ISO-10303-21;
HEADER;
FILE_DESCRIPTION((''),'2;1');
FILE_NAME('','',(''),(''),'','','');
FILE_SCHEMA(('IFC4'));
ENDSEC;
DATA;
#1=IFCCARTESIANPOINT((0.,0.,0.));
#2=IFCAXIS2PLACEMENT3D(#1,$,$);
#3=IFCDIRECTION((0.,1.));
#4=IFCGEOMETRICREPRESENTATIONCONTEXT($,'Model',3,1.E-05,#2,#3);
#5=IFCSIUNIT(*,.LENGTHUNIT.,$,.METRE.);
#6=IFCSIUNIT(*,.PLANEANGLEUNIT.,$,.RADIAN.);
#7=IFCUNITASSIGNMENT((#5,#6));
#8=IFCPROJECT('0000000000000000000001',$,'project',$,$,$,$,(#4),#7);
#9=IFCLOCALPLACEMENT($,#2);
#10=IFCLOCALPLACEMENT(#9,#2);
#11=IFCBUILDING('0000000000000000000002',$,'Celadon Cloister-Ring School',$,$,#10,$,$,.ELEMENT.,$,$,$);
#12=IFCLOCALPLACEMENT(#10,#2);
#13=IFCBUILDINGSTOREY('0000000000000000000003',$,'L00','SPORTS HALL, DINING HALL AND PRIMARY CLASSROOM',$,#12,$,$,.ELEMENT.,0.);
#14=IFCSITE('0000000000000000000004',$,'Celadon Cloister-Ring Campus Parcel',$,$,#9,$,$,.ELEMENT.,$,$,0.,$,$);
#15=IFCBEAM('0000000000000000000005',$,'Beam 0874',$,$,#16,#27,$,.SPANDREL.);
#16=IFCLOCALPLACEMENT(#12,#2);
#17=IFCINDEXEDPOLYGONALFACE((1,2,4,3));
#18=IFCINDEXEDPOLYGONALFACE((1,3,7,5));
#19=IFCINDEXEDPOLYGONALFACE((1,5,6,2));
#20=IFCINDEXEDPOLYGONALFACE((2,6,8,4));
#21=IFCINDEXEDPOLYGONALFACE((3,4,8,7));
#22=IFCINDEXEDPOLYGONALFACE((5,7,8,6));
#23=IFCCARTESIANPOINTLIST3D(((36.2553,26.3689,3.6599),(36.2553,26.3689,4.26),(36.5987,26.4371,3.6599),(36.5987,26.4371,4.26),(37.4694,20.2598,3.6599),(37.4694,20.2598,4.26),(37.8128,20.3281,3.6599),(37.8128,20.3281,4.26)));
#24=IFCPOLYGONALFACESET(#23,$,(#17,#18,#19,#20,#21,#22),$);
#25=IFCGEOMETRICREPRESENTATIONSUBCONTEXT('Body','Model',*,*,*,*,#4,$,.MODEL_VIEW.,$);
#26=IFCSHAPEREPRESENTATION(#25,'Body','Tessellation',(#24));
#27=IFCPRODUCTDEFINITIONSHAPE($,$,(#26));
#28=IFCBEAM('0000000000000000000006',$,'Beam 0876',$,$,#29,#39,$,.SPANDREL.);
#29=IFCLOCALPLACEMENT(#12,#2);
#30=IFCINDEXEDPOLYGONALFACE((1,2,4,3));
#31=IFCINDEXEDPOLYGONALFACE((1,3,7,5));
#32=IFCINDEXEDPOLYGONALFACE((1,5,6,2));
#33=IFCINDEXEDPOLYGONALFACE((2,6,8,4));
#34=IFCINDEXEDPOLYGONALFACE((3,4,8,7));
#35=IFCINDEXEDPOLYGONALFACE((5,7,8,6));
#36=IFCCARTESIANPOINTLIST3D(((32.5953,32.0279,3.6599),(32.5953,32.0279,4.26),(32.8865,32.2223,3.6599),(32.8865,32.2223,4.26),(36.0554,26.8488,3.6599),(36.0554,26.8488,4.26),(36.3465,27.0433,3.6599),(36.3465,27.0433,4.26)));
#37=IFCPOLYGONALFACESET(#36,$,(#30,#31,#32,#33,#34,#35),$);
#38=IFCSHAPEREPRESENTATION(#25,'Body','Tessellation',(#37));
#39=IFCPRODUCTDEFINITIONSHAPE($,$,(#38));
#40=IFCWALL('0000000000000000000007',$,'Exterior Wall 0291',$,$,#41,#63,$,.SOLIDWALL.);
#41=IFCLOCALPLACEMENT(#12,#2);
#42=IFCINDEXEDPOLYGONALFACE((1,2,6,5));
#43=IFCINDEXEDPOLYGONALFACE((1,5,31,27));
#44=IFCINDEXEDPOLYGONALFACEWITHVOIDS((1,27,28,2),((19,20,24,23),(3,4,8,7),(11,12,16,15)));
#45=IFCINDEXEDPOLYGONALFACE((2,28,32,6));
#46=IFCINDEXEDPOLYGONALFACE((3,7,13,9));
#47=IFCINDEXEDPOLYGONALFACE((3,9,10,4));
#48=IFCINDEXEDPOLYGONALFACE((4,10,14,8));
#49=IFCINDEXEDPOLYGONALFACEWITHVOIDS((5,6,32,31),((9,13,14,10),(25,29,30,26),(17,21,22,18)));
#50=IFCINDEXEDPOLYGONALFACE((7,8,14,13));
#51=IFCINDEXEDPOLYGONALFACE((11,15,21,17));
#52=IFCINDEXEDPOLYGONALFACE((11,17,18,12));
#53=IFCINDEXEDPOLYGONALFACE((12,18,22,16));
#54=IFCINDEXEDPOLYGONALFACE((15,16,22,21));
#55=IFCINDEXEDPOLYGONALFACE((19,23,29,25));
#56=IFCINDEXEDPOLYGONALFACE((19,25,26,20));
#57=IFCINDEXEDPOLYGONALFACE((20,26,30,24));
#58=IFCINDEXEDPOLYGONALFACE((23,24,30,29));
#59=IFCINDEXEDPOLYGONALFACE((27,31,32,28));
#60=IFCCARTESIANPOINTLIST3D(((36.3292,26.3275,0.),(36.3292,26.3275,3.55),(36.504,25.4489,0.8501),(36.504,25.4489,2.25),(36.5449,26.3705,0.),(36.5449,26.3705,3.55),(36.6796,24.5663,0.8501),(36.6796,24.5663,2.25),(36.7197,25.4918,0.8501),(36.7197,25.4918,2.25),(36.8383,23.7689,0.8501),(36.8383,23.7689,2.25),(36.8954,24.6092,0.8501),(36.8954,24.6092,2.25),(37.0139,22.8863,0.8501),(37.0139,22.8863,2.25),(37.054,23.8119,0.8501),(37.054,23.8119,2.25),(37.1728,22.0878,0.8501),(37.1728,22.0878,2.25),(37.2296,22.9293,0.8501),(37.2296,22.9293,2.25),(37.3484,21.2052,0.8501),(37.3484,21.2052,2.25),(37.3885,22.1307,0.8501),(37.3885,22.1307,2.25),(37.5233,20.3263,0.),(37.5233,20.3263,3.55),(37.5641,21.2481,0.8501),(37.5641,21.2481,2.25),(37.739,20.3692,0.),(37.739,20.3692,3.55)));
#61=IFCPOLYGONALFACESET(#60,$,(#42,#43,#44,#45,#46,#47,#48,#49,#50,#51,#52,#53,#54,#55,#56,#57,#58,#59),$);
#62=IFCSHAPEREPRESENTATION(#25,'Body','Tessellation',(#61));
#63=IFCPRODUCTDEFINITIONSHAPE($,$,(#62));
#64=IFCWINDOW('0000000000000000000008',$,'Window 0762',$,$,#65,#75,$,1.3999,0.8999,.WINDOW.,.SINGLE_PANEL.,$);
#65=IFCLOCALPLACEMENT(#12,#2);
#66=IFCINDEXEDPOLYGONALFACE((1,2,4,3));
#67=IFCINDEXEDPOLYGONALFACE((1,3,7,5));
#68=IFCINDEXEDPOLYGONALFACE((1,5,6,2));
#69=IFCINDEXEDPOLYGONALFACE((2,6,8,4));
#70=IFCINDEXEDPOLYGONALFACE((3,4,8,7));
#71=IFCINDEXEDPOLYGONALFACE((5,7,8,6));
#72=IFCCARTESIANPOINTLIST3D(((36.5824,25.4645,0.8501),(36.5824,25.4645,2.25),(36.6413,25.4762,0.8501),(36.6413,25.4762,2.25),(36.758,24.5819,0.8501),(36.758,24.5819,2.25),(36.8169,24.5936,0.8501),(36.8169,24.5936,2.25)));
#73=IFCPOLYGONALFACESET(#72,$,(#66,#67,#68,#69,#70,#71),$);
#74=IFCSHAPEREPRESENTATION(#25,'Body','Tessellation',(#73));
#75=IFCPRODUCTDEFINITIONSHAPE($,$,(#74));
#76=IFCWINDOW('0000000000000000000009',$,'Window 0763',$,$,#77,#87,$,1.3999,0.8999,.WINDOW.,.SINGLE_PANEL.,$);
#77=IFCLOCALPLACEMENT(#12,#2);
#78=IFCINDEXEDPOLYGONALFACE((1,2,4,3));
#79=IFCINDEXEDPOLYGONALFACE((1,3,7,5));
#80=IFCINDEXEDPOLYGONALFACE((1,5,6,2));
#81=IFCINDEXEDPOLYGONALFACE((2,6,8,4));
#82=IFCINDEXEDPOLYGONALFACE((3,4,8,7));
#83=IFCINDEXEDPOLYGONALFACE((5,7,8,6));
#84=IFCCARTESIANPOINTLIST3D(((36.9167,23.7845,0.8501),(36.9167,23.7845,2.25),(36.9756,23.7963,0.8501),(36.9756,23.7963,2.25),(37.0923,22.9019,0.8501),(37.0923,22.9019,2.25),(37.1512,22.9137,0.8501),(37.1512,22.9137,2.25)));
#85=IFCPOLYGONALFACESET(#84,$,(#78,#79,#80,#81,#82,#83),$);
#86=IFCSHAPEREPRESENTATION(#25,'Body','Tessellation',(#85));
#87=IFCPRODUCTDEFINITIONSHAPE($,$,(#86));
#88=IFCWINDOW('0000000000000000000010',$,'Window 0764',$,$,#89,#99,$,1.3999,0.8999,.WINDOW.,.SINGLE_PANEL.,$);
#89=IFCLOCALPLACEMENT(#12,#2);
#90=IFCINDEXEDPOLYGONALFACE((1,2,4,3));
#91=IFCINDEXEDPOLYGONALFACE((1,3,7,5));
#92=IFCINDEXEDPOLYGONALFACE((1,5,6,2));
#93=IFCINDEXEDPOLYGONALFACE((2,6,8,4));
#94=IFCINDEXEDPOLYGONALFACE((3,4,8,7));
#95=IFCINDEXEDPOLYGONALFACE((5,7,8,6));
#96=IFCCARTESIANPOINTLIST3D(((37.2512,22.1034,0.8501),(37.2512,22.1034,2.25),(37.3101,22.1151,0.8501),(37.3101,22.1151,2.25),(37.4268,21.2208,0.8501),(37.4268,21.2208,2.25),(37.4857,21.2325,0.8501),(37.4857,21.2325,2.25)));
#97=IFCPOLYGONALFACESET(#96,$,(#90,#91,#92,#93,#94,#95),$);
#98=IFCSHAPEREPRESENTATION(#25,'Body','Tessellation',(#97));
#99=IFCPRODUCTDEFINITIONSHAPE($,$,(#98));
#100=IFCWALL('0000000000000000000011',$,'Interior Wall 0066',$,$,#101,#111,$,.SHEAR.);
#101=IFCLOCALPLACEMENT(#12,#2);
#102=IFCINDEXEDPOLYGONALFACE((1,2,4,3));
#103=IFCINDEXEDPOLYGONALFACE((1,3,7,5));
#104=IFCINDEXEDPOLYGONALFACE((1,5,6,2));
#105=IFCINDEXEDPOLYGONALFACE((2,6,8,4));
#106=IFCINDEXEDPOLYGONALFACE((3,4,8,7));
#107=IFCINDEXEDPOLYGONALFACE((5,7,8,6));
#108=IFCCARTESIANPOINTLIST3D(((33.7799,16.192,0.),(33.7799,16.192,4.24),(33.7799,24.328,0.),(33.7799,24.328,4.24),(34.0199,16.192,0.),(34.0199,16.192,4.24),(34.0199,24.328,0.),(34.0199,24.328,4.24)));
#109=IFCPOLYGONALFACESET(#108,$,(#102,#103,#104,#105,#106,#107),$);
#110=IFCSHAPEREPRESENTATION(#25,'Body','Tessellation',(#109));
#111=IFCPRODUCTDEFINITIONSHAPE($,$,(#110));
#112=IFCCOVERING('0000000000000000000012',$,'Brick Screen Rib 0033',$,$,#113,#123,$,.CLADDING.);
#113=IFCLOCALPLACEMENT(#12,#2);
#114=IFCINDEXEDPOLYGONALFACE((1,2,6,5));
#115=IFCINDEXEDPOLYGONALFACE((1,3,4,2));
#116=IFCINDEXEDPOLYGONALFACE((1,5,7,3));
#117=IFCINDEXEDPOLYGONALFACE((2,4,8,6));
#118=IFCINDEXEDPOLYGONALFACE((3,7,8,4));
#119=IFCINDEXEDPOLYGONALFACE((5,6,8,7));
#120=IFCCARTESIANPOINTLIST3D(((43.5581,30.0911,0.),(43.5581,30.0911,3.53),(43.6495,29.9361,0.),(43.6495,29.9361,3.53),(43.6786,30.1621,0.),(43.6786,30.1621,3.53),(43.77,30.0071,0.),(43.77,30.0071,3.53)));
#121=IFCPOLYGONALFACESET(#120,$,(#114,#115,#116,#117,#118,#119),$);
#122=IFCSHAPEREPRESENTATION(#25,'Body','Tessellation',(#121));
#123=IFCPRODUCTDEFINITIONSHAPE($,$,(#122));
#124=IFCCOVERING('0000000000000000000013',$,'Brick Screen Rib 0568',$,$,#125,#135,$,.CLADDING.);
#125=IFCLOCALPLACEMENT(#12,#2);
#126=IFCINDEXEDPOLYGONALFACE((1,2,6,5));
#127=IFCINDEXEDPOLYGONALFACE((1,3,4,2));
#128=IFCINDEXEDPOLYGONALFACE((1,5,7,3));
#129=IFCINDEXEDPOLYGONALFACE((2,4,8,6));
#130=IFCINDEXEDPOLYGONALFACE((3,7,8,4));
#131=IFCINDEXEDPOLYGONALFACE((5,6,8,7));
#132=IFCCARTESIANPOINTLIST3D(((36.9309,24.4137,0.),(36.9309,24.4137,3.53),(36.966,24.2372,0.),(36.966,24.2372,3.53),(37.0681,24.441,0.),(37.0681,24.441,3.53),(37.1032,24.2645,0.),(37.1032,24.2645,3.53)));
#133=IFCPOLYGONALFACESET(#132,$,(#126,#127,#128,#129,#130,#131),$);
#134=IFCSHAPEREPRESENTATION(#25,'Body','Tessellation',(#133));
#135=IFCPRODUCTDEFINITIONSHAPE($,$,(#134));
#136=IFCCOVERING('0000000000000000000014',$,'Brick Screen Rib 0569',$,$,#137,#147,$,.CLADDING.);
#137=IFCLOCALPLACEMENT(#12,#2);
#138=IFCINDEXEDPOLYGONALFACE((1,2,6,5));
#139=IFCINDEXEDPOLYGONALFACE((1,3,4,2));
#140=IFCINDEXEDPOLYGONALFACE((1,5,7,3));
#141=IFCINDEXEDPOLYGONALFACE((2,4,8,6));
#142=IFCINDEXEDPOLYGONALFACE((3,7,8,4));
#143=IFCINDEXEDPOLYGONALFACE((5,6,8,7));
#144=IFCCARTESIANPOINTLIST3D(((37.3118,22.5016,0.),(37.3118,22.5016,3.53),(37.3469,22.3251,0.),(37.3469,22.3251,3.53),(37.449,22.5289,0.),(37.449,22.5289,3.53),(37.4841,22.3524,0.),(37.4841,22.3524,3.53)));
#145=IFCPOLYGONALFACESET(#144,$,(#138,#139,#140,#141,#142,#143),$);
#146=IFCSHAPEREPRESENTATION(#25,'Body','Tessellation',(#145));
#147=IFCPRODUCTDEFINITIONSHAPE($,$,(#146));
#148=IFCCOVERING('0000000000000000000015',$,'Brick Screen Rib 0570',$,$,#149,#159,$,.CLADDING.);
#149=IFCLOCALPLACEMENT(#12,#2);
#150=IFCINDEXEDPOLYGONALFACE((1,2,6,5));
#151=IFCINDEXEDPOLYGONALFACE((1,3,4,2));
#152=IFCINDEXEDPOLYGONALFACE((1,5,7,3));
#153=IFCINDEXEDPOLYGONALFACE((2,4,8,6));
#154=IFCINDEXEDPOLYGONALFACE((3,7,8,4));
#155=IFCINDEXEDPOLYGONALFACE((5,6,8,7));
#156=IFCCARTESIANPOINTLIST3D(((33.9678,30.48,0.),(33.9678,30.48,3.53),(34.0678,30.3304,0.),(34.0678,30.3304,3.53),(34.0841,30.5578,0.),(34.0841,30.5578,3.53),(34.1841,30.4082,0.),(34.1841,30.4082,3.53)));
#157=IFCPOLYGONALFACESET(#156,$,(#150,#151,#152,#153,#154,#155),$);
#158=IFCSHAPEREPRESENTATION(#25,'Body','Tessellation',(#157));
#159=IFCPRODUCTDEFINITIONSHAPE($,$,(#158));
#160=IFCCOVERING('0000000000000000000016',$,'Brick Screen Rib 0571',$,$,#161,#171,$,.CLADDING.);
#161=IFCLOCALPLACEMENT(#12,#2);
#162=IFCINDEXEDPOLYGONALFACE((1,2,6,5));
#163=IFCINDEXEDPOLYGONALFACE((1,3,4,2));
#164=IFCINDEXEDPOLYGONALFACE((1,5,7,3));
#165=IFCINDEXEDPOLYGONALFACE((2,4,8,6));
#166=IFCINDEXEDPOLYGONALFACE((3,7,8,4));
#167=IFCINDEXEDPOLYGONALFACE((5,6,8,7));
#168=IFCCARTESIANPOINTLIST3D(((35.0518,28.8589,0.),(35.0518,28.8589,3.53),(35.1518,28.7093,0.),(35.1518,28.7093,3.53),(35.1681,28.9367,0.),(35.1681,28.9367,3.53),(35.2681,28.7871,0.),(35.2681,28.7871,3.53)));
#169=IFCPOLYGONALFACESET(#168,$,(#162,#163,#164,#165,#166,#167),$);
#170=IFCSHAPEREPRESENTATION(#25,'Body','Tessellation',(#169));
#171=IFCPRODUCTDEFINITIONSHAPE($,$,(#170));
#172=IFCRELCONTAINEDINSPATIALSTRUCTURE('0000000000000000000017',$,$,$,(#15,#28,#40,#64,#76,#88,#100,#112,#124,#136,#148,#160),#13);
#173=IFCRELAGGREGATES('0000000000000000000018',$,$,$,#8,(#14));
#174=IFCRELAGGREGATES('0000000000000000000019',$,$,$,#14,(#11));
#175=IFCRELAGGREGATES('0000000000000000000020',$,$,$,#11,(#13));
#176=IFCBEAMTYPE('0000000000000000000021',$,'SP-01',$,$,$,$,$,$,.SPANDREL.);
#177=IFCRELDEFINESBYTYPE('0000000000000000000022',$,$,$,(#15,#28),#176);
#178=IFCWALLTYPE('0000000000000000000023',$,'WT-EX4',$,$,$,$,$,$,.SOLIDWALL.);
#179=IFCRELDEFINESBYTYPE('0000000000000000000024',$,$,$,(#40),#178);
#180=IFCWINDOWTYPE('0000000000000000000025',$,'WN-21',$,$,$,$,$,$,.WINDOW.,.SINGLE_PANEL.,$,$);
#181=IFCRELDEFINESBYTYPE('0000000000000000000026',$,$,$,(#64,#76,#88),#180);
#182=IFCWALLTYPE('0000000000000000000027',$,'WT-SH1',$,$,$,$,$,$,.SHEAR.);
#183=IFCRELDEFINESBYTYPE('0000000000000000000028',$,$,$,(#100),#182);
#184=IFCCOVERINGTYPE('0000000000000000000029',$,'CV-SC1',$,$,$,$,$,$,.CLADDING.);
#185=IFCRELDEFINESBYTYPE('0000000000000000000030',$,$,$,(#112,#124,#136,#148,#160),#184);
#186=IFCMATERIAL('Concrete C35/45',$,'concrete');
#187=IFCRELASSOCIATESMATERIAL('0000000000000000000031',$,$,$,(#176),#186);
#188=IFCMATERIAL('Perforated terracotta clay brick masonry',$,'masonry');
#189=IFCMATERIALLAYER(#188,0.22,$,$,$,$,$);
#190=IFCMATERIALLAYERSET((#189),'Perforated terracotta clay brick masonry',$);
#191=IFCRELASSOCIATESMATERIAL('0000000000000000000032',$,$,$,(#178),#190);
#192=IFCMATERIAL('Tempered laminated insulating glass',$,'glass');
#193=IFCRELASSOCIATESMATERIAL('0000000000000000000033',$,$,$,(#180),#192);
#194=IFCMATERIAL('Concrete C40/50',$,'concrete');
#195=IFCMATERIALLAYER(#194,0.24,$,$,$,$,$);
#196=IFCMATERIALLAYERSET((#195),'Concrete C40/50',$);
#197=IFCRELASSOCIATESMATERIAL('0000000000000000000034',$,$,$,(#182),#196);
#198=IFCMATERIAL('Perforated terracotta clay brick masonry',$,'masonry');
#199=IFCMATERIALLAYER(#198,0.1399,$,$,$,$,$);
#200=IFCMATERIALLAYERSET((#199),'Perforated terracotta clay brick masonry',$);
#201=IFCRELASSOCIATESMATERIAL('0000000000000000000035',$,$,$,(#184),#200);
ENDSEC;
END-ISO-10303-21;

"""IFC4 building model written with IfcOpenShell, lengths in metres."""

from ifc_helpers import new_model, si_unit, direction, frame, frame_2d, origin, origin_2d, place, context, subcontext, project, spatial, rectangle, extrude, material, layer, layer_set, material_profile, profile_set, type_object, element, fill, save


model = new_model("IFC4")

# Units and contexts
model_context = context("Model", 3, precision=1e-05, world=origin(), true_north=direction((0.0, 1.0)))
body_context = subcontext(model_context, "Body", "Model", "MODEL_VIEW")
ifc_project = project(units=[si_unit("LENGTHUNIT", "METRE"), si_unit("PLANEANGLEUNIT", "RADIAN")], contexts=[model_context])

# Site, building, storey
site_placement = place(None, origin())
site = spatial("IfcSite", under=ifc_project, at=site_placement, Name="Celadon Cloister-Ring Campus Parcel", CompositionType="ELEMENT", RefElevation=0.0)
building_placement = place(site_placement, origin())
building = spatial("IfcBuilding", under=site, at=building_placement, Name="Celadon Cloister-Ring School", CompositionType="ELEMENT")
storey_placement = place(building_placement, origin())
storey = spatial("IfcBuildingStorey", under=building, at=storey_placement, Name="L00", Description="SPORTS HALL, DINING HALL AND PRIMARY CLASSROOM", CompositionType="ELEMENT", Elevation=0.0)

# Beams
ifc_material_1 = material(Name="Concrete C35/45", Category="concrete")
ifc_material_profile_1 = material_profile(ifc_material_1, rectangle(XDim=0.3501, YDim=0.6001, at=origin_2d()), Name="RC350X600")
ifc_profile_set_1 = profile_set([ifc_material_profile_1], Name="Concrete C35/45")
beam_type = type_object("IfcBeamType", Name="SP-01", PredefinedType="SPANDREL", material=ifc_profile_set_1)
for number, where, z_axis, x_axis, name in (
    (1, (37.6411, 20.2939, 3.96), (-0.194925, 0.980818, 0.0), (-0.980818, -0.194925, 0.0), "Beam 0874"),
    (2, (36.2009, 26.946, 3.96), (-0.555514, 0.831507, 0.0), (-0.831507, -0.555514, 0.0), "Beam 0876"),
):
    element("IfcBeam", number, at=place(storey_placement, frame(where, z_axis=z_axis, x_axis=x_axis)), inside=storey, type_object=beam_type, Name=name, PredefinedType="SPANDREL", context=body_context, shape_type="SweptSolid", body=[
        extrude(rectangle(XDim=0.3501, YDim=0.6001, at=origin_2d()), origin(), (0.0, 0.0, 1.0), 6.2285),
    ])

# Wall, openings, windows
ifc_material_2 = material(Name="Perforated terracotta clay brick masonry", Category="masonry")
ifc_layer_1 = layer(ifc_material_2, 0.22)
ifc_layer_set_1 = layer_set([ifc_layer_1], Name="Perforated terracotta clay brick masonry")
wall_type_1 = type_object("IfcWallType", Name="WT-EX4", PredefinedType="SOLIDWALL", material=ifc_layer_set_1)
wall_1_placement = place(storey_placement, frame((36.437, 26.3491, 0.0), z_axis=(0.0, 0.0, 1.0), x_axis=(0.195149, -0.980774, 0.0)))
wall_1 = element("IfcWall", 3, at=wall_1_placement, inside=storey, type_object=wall_type_1, Name="Exterior Wall 0291", PredefinedType="SOLIDWALL", context=body_context, shape_type="SweptSolid", body=[
    extrude(rectangle(XDim=6.1189, YDim=0.22, at=frame_2d((3.0596, 0.0))), origin(), (0.0, 0.0, 1.0), 3.55),
])
opening_1_placement = place(wall_1_placement, frame((0.896, 0.0, 0.8501)))
opening_1 = element("IfcOpeningElement", 4, at=opening_1_placement, cuts=wall_1, PredefinedType="OPENING", context=body_context, shape_type="SweptSolid", body=[
    extrude(rectangle(XDim=0.8999, YDim=1.3999, at=frame_2d((0.45, 0.7))), frame((0.0, 0.1201, 0.0), z_axis=(0.0, -1.0, 0.0), x_axis=(1.0, 0.0, 0.0)), (0.0, 0.0, 1.0), 0.24),
])
opening_2_placement = place(wall_1_placement, frame((2.6089, 0.0, 0.8501)))
opening_2 = element("IfcOpeningElement", 5, at=opening_2_placement, cuts=wall_1, PredefinedType="OPENING", context=body_context, shape_type="SweptSolid", body=[
    extrude(rectangle(XDim=0.8999, YDim=1.3999, at=frame_2d((0.45, 0.7))), frame((0.0, 0.1201, 0.0), z_axis=(0.0, -1.0, 0.0), x_axis=(1.0, 0.0, 0.0)), (0.0, 0.0, 1.0), 0.24),
])
opening_3_placement = place(wall_1_placement, frame((4.323, 0.0, 0.8501)))
opening_3 = element("IfcOpeningElement", 6, at=opening_3_placement, cuts=wall_1, PredefinedType="OPENING", context=body_context, shape_type="SweptSolid", body=[
    extrude(rectangle(XDim=0.8999, YDim=1.3999, at=frame_2d((0.45, 0.7))), frame((0.0, 0.1201, 0.0), z_axis=(0.0, -1.0, 0.0), x_axis=(1.0, 0.0, 0.0)), (0.0, 0.0, 1.0), 0.24),
])
ifc_material_3 = material(Name="Tempered laminated insulating glass", Category="glass")
window_type = type_object("IfcWindowType", Name="WN-21", PartitioningType="SINGLE_PANEL", PredefinedType="WINDOW", material=ifc_material_3)
window_1_placement = place(opening_1_placement, origin())
window_1 = element("IfcWindow", 7, at=window_1_placement, inside=storey, type_object=window_type, Name="Window 0762", OverallHeight=1.3999, OverallWidth=0.8999, PartitioningType="SINGLE_PANEL", PredefinedType="WINDOW", context=body_context, shape_type="SweptSolid", body=[
    extrude(rectangle(XDim=0.8999, YDim=1.3999, at=frame_2d((0.45, 0.7))), frame((0.0, 0.03, 0.0), z_axis=(0.0, -1.0, 0.0), x_axis=(1.0, 0.0, 0.0)), (0.0, 0.0, 1.0), 0.0601),
])
fill(opening_1, window_1)
window_2_placement = place(opening_2_placement, origin())
window_2 = element("IfcWindow", 8, at=window_2_placement, inside=storey, type_object=window_type, Name="Window 0763", OverallHeight=1.3999, OverallWidth=0.8999, PartitioningType="SINGLE_PANEL", PredefinedType="WINDOW", context=body_context, shape_type="SweptSolid", body=[
    extrude(rectangle(XDim=0.8999, YDim=1.3999, at=frame_2d((0.45, 0.7))), frame((0.0, 0.03, 0.0), z_axis=(0.0, -1.0, 0.0), x_axis=(1.0, 0.0, 0.0)), (0.0, 0.0, 1.0), 0.0601),
])
fill(opening_2, window_2)
window_3_placement = place(opening_3_placement, origin())
window_3 = element("IfcWindow", 9, at=window_3_placement, inside=storey, type_object=window_type, Name="Window 0764", OverallHeight=1.3999, OverallWidth=0.8999, PartitioningType="SINGLE_PANEL", PredefinedType="WINDOW", context=body_context, shape_type="SweptSolid", body=[
    extrude(rectangle(XDim=0.8999, YDim=1.3999, at=frame_2d((0.45, 0.7))), frame((0.0, 0.03, 0.0), z_axis=(0.0, -1.0, 0.0), x_axis=(1.0, 0.0, 0.0)), (0.0, 0.0, 1.0), 0.0601),
])
fill(opening_3, window_3)

# Wall
ifc_material_4 = material(Name="Concrete C40/50", Category="concrete")
ifc_layer_2 = layer(ifc_material_4, 0.24)
ifc_layer_set_2 = layer_set([ifc_layer_2], Name="Concrete C40/50")
wall_type_2 = type_object("IfcWallType", Name="WT-SH1", PredefinedType="SHEAR", material=ifc_layer_set_2)
wall_2_placement = place(storey_placement, frame((33.8999, 24.3279, 0.0), z_axis=(0.0, 0.0, 1.0), x_axis=(0.0, -1.0, 0.0)))
element("IfcWall", 10, at=wall_2_placement, inside=storey, type_object=wall_type_2, Name="Interior Wall 0066", PredefinedType="SHEAR", context=body_context, shape_type="SweptSolid", body=[
    extrude(rectangle(XDim=8.136, YDim=0.24, at=frame_2d((4.0679, 0.0))), origin(), (0.0, 0.0, 1.0), 4.24),
])

# Coverings
ifc_material_5 = material(Name="Perforated terracotta clay brick masonry", Category="masonry")
ifc_layer_3 = layer(ifc_material_5, 0.1399)
ifc_layer_set_3 = layer_set([ifc_layer_3], Name="Perforated terracotta clay brick masonry")
covering_type = type_object("IfcCoveringType", Name="CV-SC1", PredefinedType="CLADDING", material=ifc_layer_set_3)
for number, where, z_axis, x_axis, name in (
    (11, (43.6641, 30.0491, 0.0), (0.0, 0.0, 1.0), (-0.507809, 0.86147, 0.0), "Brick Screen Rib 0033"),
    (12, (37.0171, 24.3391, 0.0), (0.0, 0.0, 1.0), (0.195142, -0.980775, 0.0), "Brick Screen Rib 0568"),
    (13, (37.3979, 22.427, 0.0), (0.0, 0.0, 1.0), (0.195142, -0.980775, 0.0), "Brick Screen Rib 0569"),
    (14, (34.0759, 30.4441, 0.0), (0.0, 0.0, 1.0), (0.555686, -0.831392, 0.0), "Brick Screen Rib 0570"),
    (15, (35.1599, 28.823, 0.0), (0.0, 0.0, 1.0), (0.555686, -0.831392, 0.0), "Brick Screen Rib 0571"),
):
    element("IfcCovering", number, at=place(storey_placement, frame(where, z_axis=z_axis, x_axis=x_axis)), inside=storey, type_object=covering_type, Name=name, PredefinedType="CLADDING", context=body_context, shape_type="SweptSolid", body=[
        extrude(rectangle(XDim=0.1799, YDim=0.1399, at=origin_2d()), origin(), (0.0, 0.0, 1.0), 3.53),
    ])

save(model, "model.ifc")
